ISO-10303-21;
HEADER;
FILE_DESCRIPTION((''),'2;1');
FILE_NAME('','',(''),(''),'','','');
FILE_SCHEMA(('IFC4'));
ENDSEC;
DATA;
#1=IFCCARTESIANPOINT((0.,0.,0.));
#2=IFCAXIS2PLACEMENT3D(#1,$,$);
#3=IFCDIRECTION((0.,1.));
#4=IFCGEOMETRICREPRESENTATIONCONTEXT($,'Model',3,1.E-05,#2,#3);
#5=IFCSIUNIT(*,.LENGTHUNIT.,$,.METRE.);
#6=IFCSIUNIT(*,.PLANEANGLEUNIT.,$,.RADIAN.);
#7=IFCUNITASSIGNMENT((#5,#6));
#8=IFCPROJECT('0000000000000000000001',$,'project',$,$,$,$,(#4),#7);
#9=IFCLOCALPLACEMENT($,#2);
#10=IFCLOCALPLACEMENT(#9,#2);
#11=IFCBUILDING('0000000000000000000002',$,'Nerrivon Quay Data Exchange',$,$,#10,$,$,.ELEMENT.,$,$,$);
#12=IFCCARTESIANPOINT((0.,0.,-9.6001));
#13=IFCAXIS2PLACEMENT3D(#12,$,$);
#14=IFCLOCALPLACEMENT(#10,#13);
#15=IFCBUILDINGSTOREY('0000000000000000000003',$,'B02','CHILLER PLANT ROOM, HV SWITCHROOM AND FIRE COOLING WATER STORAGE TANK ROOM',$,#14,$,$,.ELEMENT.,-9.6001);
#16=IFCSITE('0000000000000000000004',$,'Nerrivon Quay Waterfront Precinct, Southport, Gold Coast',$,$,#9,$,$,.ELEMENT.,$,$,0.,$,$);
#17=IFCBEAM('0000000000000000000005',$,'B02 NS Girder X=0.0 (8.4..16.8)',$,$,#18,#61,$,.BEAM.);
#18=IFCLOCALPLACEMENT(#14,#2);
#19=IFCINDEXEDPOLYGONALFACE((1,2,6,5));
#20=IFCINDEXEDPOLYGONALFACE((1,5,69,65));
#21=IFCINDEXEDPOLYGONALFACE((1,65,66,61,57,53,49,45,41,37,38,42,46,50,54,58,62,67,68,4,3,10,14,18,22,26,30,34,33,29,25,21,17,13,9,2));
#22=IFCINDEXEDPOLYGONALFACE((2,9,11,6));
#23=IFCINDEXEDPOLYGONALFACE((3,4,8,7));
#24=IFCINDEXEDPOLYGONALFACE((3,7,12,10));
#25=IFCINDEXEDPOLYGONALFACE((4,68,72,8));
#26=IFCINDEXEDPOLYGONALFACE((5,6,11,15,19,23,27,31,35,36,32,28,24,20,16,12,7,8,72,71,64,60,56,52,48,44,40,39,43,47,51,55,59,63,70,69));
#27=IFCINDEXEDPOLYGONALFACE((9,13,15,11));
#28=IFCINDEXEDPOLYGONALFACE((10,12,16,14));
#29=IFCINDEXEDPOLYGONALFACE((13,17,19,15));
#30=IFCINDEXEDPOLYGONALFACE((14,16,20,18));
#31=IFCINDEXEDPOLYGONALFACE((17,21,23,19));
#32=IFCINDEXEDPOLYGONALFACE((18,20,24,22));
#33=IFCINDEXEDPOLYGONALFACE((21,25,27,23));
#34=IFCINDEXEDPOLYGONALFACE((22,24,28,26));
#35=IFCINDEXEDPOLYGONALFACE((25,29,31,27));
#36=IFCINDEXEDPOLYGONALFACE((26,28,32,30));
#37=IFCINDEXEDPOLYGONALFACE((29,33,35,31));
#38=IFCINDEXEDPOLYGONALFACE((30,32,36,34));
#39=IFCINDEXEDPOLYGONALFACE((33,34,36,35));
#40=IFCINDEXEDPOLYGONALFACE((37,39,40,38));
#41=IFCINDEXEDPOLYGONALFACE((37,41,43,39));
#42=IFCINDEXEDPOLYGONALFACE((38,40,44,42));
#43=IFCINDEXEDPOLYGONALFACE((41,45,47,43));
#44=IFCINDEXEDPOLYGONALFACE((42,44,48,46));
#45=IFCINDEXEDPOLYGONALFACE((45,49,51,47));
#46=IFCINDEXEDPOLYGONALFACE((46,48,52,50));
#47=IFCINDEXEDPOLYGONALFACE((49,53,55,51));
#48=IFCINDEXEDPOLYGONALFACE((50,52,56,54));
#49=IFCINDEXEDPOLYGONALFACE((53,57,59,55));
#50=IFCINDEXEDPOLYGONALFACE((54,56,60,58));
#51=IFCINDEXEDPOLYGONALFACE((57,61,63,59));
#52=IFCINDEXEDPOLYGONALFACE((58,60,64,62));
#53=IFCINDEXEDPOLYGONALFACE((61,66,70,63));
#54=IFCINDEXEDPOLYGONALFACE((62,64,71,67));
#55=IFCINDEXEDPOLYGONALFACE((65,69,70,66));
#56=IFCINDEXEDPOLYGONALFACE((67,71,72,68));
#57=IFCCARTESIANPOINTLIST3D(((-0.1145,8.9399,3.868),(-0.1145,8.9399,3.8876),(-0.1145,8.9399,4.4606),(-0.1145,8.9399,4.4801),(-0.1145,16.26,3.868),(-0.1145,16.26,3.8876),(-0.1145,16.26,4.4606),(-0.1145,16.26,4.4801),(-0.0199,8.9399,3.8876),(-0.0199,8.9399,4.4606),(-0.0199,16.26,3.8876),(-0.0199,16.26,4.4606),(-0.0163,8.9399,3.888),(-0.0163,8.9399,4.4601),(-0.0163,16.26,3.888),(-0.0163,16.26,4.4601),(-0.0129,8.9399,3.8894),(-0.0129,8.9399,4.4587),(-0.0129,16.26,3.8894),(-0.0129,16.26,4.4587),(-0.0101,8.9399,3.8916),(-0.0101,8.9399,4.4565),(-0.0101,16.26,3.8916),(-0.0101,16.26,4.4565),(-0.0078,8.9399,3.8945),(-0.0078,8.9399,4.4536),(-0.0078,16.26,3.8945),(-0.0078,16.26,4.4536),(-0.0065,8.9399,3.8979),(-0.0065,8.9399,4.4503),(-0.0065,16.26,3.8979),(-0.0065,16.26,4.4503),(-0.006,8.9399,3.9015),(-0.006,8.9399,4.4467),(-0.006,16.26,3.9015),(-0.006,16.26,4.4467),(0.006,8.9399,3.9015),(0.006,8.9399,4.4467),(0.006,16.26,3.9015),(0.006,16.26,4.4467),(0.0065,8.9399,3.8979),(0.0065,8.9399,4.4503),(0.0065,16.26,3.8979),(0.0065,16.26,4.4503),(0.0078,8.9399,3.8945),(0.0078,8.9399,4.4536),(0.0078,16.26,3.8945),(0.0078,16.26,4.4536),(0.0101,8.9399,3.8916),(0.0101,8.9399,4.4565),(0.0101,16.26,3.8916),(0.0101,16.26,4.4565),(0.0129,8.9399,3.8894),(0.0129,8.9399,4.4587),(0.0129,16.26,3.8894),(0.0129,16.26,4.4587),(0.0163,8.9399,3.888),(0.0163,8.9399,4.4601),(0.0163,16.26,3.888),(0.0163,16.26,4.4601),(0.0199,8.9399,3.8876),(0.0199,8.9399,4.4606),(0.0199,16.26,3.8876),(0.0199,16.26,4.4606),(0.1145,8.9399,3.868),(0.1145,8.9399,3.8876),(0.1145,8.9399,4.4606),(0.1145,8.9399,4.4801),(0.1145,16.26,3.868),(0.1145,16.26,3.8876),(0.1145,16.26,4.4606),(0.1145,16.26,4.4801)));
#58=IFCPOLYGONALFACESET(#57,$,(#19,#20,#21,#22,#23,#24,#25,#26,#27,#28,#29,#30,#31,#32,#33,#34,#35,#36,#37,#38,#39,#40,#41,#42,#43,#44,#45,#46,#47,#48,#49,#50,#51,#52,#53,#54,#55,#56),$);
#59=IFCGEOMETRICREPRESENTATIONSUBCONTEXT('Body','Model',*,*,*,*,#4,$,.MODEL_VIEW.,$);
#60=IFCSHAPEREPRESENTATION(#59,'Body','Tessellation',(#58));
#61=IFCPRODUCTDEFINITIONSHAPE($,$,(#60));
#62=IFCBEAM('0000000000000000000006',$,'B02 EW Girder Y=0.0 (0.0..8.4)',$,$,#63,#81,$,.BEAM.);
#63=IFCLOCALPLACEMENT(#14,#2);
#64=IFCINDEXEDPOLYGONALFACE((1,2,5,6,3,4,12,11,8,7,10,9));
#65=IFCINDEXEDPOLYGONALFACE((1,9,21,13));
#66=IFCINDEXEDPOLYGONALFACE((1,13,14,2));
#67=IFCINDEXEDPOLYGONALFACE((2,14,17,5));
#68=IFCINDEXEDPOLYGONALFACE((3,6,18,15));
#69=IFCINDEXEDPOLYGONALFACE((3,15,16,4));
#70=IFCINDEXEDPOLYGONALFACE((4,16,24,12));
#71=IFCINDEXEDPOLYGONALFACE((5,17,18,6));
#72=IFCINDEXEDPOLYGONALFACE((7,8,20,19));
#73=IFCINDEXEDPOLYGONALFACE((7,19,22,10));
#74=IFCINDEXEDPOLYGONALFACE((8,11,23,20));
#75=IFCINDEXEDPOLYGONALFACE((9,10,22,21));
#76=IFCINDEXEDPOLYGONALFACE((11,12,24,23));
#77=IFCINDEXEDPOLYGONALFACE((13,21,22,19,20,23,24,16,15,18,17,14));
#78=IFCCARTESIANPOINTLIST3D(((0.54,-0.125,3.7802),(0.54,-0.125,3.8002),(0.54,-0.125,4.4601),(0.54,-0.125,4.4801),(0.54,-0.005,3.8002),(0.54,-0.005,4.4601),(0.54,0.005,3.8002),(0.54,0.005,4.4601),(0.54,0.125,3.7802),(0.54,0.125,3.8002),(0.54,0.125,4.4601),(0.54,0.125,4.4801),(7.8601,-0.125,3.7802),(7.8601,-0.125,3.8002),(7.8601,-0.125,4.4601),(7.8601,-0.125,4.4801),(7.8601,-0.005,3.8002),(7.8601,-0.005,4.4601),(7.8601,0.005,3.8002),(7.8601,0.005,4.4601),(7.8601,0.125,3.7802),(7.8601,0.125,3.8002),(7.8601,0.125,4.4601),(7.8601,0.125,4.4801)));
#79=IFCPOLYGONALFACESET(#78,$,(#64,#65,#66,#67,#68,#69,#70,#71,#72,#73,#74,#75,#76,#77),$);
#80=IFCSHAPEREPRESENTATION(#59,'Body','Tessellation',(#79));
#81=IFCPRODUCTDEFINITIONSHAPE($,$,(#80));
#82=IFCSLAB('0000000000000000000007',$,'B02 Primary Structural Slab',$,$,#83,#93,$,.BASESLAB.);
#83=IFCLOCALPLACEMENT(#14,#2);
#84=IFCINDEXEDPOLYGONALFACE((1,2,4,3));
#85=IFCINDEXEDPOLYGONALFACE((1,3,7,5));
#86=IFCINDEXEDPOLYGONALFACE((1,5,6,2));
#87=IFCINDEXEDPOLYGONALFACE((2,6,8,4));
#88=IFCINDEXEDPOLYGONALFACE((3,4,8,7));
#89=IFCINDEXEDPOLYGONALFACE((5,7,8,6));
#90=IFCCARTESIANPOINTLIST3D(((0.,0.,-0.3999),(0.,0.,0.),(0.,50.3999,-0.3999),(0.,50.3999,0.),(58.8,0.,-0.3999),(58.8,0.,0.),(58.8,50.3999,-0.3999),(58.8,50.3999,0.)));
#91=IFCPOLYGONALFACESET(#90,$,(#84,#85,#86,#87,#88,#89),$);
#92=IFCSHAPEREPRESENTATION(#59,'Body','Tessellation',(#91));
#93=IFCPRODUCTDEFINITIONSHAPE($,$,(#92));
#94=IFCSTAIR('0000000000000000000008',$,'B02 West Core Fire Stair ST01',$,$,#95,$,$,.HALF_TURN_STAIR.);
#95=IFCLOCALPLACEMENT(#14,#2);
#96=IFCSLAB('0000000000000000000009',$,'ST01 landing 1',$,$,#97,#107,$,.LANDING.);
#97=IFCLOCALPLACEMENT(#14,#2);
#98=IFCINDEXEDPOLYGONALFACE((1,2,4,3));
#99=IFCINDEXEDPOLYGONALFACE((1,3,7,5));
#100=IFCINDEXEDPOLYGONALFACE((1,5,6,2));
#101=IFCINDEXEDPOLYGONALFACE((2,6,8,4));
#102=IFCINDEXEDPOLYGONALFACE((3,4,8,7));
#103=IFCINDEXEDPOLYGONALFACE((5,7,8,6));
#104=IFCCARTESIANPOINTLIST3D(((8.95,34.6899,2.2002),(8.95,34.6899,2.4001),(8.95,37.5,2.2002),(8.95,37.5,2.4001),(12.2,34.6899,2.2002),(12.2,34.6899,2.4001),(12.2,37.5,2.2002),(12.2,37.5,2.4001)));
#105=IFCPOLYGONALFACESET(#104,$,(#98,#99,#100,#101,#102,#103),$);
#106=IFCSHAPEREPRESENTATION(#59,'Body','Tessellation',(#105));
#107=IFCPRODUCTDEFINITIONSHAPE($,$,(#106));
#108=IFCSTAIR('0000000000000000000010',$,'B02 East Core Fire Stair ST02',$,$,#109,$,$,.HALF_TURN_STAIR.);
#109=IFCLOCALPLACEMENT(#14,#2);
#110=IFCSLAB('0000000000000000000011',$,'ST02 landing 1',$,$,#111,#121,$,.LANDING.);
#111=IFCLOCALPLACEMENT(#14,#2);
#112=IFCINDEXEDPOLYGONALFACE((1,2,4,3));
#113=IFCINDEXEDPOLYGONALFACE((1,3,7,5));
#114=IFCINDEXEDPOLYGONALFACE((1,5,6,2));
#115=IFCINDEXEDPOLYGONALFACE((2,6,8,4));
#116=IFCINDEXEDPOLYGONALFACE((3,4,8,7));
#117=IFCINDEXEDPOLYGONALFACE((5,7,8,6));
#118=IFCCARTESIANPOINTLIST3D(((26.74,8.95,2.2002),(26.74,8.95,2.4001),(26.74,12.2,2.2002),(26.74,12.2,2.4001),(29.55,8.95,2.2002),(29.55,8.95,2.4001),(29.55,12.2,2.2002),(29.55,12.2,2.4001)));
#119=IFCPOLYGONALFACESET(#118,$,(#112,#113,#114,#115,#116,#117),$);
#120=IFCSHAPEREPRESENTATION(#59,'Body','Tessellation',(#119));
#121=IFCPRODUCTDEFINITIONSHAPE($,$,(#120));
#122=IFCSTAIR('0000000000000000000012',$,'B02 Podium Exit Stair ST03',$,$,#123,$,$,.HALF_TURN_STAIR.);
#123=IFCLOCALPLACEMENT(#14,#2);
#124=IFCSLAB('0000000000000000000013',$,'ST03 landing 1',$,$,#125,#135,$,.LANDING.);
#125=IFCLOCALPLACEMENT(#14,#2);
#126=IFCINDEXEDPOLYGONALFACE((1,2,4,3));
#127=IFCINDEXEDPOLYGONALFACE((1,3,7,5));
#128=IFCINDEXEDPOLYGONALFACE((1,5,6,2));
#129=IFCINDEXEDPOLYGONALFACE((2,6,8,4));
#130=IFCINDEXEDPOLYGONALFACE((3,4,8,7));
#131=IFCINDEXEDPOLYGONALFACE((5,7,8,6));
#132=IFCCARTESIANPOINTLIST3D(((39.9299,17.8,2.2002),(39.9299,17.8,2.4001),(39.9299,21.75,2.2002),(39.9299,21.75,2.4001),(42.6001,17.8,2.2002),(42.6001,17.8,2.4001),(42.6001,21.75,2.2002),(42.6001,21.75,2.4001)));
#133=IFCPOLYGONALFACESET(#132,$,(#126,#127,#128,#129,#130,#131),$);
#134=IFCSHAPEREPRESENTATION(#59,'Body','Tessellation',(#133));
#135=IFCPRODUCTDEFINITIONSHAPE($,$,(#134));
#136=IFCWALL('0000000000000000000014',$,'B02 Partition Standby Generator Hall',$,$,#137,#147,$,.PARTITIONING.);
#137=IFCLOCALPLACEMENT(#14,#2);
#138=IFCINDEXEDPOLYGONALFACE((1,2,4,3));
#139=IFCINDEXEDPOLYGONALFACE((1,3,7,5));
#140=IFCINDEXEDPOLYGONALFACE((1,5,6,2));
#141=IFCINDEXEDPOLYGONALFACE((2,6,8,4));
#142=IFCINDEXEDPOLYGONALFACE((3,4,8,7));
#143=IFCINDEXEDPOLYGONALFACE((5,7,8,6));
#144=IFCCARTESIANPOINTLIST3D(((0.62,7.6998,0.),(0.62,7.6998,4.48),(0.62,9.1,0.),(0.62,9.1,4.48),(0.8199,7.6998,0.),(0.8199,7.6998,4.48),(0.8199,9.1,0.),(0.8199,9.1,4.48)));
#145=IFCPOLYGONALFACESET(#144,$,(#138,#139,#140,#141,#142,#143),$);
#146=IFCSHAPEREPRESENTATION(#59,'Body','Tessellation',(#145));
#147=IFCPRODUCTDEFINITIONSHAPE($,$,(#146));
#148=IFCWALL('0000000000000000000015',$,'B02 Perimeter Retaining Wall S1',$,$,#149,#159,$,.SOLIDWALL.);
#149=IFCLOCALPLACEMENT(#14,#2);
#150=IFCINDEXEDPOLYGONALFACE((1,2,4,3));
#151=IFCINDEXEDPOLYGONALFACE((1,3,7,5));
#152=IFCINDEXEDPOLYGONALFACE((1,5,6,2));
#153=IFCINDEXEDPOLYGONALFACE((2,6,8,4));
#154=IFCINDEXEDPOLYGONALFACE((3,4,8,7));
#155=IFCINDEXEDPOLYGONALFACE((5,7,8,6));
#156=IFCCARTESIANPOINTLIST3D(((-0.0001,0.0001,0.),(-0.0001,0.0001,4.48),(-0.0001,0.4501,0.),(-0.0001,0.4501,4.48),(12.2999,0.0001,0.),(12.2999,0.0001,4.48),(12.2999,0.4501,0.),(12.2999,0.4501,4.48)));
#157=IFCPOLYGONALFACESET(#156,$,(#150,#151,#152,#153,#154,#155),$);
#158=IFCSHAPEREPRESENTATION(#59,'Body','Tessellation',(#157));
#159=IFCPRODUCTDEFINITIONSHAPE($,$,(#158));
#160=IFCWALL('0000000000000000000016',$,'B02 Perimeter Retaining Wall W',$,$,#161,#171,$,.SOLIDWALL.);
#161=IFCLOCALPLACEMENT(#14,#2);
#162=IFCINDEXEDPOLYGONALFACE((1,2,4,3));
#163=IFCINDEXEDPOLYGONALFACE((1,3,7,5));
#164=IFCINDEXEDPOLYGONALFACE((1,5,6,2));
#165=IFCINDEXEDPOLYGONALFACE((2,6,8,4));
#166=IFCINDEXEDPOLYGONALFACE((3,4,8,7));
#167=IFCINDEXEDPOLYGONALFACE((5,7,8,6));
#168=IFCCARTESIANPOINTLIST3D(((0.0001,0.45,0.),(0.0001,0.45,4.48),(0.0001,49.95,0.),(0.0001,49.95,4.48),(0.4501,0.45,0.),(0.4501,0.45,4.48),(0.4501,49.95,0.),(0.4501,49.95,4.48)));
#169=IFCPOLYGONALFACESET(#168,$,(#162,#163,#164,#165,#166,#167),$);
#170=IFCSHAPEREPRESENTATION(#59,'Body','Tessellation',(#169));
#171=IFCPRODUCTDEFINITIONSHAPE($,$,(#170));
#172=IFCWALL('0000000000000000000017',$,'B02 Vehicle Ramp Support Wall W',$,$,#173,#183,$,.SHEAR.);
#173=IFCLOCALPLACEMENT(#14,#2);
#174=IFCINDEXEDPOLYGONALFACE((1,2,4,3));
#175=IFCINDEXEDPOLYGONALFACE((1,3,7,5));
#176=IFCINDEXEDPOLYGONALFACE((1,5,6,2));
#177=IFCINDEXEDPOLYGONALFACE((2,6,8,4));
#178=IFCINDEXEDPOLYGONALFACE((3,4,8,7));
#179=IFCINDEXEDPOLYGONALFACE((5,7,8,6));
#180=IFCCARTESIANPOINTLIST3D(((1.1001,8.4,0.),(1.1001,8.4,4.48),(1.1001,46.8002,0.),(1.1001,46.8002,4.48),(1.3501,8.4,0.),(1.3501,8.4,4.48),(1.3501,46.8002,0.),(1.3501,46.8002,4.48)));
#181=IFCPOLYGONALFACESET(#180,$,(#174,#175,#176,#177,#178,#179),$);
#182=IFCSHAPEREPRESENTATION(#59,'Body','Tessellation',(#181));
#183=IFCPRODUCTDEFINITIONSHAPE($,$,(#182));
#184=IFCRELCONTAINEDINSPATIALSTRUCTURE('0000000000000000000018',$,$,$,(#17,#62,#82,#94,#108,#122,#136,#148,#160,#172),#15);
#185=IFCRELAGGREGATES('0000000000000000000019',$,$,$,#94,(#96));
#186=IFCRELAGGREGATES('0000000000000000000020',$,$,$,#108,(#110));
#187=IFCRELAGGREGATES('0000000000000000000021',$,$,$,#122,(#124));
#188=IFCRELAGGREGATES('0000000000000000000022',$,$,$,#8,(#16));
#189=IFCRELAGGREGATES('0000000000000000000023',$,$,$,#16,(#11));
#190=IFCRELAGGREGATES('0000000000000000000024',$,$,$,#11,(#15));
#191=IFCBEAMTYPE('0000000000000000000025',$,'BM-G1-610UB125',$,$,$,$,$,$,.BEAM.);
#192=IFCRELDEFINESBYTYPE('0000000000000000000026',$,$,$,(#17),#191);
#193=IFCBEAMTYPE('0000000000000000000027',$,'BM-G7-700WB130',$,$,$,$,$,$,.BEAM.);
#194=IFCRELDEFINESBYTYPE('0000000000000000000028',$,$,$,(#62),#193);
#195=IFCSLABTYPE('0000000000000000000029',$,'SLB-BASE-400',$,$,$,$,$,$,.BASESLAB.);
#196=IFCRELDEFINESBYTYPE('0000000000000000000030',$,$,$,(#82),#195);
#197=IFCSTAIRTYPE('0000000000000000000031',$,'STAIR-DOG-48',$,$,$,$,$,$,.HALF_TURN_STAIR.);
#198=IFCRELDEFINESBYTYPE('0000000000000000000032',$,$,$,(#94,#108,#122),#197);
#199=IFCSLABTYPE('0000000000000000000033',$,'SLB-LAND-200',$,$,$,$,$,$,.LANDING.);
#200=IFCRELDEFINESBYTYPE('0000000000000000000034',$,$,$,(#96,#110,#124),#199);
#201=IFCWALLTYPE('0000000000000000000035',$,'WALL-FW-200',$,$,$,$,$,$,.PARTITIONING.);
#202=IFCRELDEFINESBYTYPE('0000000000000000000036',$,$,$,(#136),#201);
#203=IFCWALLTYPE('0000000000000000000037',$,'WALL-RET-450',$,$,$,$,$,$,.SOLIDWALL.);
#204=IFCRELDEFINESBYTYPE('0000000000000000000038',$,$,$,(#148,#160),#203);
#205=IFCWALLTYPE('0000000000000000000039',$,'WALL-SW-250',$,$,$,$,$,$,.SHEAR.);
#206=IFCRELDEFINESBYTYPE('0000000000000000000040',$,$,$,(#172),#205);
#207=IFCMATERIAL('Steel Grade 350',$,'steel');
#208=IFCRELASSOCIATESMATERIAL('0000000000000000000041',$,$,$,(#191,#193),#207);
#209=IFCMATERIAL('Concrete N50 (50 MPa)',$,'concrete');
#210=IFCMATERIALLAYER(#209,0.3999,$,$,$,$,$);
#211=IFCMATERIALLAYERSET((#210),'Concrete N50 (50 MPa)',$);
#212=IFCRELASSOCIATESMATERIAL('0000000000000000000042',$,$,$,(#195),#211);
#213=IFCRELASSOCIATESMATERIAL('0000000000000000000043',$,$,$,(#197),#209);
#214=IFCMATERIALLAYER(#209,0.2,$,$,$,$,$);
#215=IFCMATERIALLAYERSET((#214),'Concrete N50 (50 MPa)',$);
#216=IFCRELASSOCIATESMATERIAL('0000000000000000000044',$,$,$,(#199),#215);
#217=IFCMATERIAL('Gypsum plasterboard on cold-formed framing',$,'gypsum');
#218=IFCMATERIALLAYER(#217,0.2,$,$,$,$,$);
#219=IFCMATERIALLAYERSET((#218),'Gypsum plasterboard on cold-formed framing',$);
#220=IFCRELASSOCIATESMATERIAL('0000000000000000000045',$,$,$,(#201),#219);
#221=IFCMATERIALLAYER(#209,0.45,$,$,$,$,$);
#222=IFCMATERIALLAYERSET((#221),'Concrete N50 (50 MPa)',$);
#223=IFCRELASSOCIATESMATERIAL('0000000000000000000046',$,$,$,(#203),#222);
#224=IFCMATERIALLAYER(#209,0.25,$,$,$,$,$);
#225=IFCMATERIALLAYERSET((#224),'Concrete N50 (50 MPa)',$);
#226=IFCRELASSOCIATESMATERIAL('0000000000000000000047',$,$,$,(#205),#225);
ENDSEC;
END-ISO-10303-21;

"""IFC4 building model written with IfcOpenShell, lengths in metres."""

from ifc_helpers import new_model, si_unit, direction, frame, frame_2d, origin, origin_2d, place, context, subcontext, project, spatial, polyline, rectangle, i_section, outline, extrude, material, layer, layer_set, material_profile, profile_set, type_object, element, aggregate, save


model = new_model("IFC4")

# Units and contexts
model_context = context("Model", 3, precision=1e-05, world=origin(), true_north=direction((0.0, 1.0)))
body_context = subcontext(model_context, "Body", "Model", "MODEL_VIEW")
ifc_project = project(units=[si_unit("LENGTHUNIT", "METRE"), si_unit("PLANEANGLEUNIT", "RADIAN")], contexts=[model_context])

# Site, building, storey
site_placement = place(None, origin())
site = spatial("IfcSite", under=ifc_project, at=site_placement, Name="Nerrivon Quay Waterfront Precinct, Southport, Gold Coast", CompositionType="ELEMENT", RefElevation=0.0)
building_placement = place(site_placement, origin())
building = spatial("IfcBuilding", under=site, at=building_placement, Name="Nerrivon Quay Data Exchange", CompositionType="ELEMENT")
storey_placement = place(building_placement, frame((0.0, 0.0, -9.6001)))
storey = spatial("IfcBuildingStorey", under=building, at=storey_placement, Name="B02", Description="CHILLER PLANT ROOM, HV SWITCHROOM AND FIRE COOLING WATER STORAGE TANK ROOM", CompositionType="ELEMENT", Elevation=-9.6001)

# Shared definitions
ifc_material_1 = material(Name="Concrete N50 (50 MPa)", Category="concrete")

# Beams
ifc_material_2 = material(Name="Steel Grade 350", Category="steel")
ifc_material_profile_1 = material_profile(ifc_material_2, i_section(OverallWidth=0.229, OverallDepth=0.6121, WebThickness=0.012, FlangeThickness=0.0195, FilletRadius=0.0139, at=origin_2d()), Name="610UB125")
ifc_profile_set_1 = profile_set([ifc_material_profile_1], Name="Steel Grade 350")
beam_type_1 = type_object("IfcBeamType", Name="BM-G1-610UB125", PredefinedType="BEAM", material=ifc_profile_set_1)
for number, where, z_axis, x_axis, name in (
    (1, (0.0, 8.9399, 4.1741), (0.0, 1.0, 0.0), (-1.0, 0.0, 0.0), "B02 NS Girder X=0.0 (8.4..16.8)"),
):
    element("IfcBeam", number, at=place(storey_placement, frame(where, z_axis=z_axis, x_axis=x_axis)), inside=storey, type_object=beam_type_1, Name=name, PredefinedType="BEAM", context=body_context, shape_type="SweptSolid", body=[
        extrude(i_section(OverallWidth=0.229, OverallDepth=0.6121, WebThickness=0.012, FlangeThickness=0.0195, FilletRadius=0.0139, at=origin_2d()), origin(), (0.0, 0.0, 1.0), 7.3201),
    ])
ifc_material_profile_2 = material_profile(ifc_material_2, i_section(OverallWidth=0.25, OverallDepth=0.7, WebThickness=0.01, FlangeThickness=0.02, at=origin_2d()), Name="700WB130")
ifc_profile_set_2 = profile_set([ifc_material_profile_2], Name="Steel Grade 350")
beam_type_2 = type_object("IfcBeamType", Name="BM-G7-700WB130", PredefinedType="BEAM", material=ifc_profile_set_2)
beam_placement = place(storey_placement, frame((0.54, 0.0, 4.1301), z_axis=(1.0, 0.0, 0.0), x_axis=(0.0, 1.0, 0.0)))
element("IfcBeam", 2, at=beam_placement, inside=storey, type_object=beam_type_2, Name="B02 EW Girder Y=0.0 (0.0..8.4)", PredefinedType="BEAM", context=body_context, shape_type="SweptSolid", body=[
    extrude(i_section(OverallWidth=0.25, OverallDepth=0.7, WebThickness=0.01, FlangeThickness=0.02, at=origin_2d()), origin(), (0.0, 0.0, 1.0), 7.3201),
])

# Slab
ifc_layer_1 = layer(ifc_material_1, 0.3999)
ifc_layer_set_1 = layer_set([ifc_layer_1], Name="Concrete N50 (50 MPa)")
slab_type_1 = type_object("IfcSlabType", Name="SLB-BASE-400", PredefinedType="BASESLAB", material=ifc_layer_set_1)
slab_1_placement = place(storey_placement, frame((0.0, 0.0, -0.3999)))
element("IfcSlab", 3, at=slab_1_placement, inside=storey, type_object=slab_type_1, Name="B02 Primary Structural Slab", PredefinedType="BASESLAB", context=body_context, shape_type="SweptSolid", body=[
    extrude(outline(polyline([(58.8, 0.0), (58.8, 50.3999), (0.0, 50.3999), (0.0, 0.0), (58.8, 0.0)])), origin(), (0.0, 0.0, 1.0), 0.3999),
])

# Stairs, slabs
stair_type = type_object("IfcStairType", Name="STAIR-DOG-48", PredefinedType="HALF_TURN_STAIR", material=ifc_material_1)
stair_1_placement = place(storey_placement, origin())
stair_1 = element("IfcStair", 4, at=stair_1_placement, inside=storey, type_object=stair_type, Name="B02 West Core Fire Stair ST01", PredefinedType="HALF_TURN_STAIR")
ifc_layer_2 = layer(ifc_material_1, 0.2)
ifc_layer_set_2 = layer_set([ifc_layer_2], Name="Concrete N50 (50 MPa)")
slab_type_2 = type_object("IfcSlabType", Name="SLB-LAND-200", PredefinedType="LANDING", material=ifc_layer_set_2)
slab_2_placement = place(storey_placement, frame((0.0, 0.0, 2.2002)))
slab_2 = element("IfcSlab", 5, at=slab_2_placement, type_object=slab_type_2, Name="ST01 landing 1", PredefinedType="LANDING", context=body_context, shape_type="SweptSolid", body=[
    extrude(outline(polyline([(12.2, 34.6899), (12.2, 37.5), (8.95, 37.5), (8.95, 34.6899), (12.2, 34.6899)])), origin(), (0.0, 0.0, 1.0), 0.2),
])
aggregate(stair_1, [slab_2])
stair_2_placement = place(storey_placement, origin())
stair_2 = element("IfcStair", 6, at=stair_2_placement, inside=storey, type_object=stair_type, Name="B02 East Core Fire Stair ST02", PredefinedType="HALF_TURN_STAIR")
slab_3_placement = place(storey_placement, frame((0.0, 0.0, 2.2002)))
slab_3 = element("IfcSlab", 7, at=slab_3_placement, type_object=slab_type_2, Name="ST02 landing 1", PredefinedType="LANDING", context=body_context, shape_type="SweptSolid", body=[
    extrude(outline(polyline([(26.74, 8.95), (29.55, 8.95), (29.55, 12.2), (26.74, 12.2), (26.74, 8.95)])), origin(), (0.0, 0.0, 1.0), 0.2),
])
aggregate(stair_2, [slab_3])
stair_3_placement = place(storey_placement, origin())
stair_3 = element("IfcStair", 8, at=stair_3_placement, inside=storey, type_object=stair_type, Name="B02 Podium Exit Stair ST03", PredefinedType="HALF_TURN_STAIR")
slab_4_placement = place(storey_placement, frame((0.0, 0.0, 2.2002)))
slab_4 = element("IfcSlab", 9, at=slab_4_placement, type_object=slab_type_2, Name="ST03 landing 1", PredefinedType="LANDING", context=body_context, shape_type="SweptSolid", body=[
    extrude(outline(polyline([(39.9299, 17.8), (42.6001, 17.8), (42.6001, 21.75), (39.9299, 21.75), (39.9299, 17.8)])), origin(), (0.0, 0.0, 1.0), 0.2),
])
aggregate(stair_3, [slab_4])

# Walls
ifc_material_3 = material(Name="Gypsum plasterboard on cold-formed framing", Category="gypsum")
ifc_layer_3 = layer(ifc_material_3, 0.2)
ifc_layer_set_3 = layer_set([ifc_layer_3], Name="Gypsum plasterboard on cold-formed framing")
wall_type_1 = type_object("IfcWallType", Name="WALL-FW-200", PredefinedType="PARTITIONING", material=ifc_layer_set_3)
wall_1_placement = place(storey_placement, frame((0.72, 9.1001, 0.0), z_axis=(0.0, 0.0, 1.0), x_axis=(0.0, -1.0, 0.0)))
element("IfcWall", 10, at=wall_1_placement, inside=storey, type_object=wall_type_1, Name="B02 Partition Standby Generator Hall", PredefinedType="PARTITIONING", context=body_context, shape_type="SweptSolid", body=[
    extrude(rectangle(XDim=1.4001, YDim=0.2, at=frame_2d((0.7002, 0.0))), origin(), (0.0, 0.0, 1.0), 4.48),
])
ifc_layer_4 = layer(ifc_material_1, 0.45)
ifc_layer_set_4 = layer_set([ifc_layer_4], Name="Concrete N50 (50 MPa)")
wall_type_2 = type_object("IfcWallType", Name="WALL-RET-450", PredefinedType="SOLIDWALL", material=ifc_layer_set_4)
wall_2_placement = place(storey_placement, frame((0.0, 0.2251, 0.0), z_axis=(0.0, 0.0, 1.0), x_axis=(1.0, 0.0, 0.0)))
element("IfcWall", 11, at=wall_2_placement, inside=storey, type_object=wall_type_2, Name="B02 Perimeter Retaining Wall S1", PredefinedType="SOLIDWALL", context=body_context, shape_type="SweptSolid", body=[
    extrude(rectangle(XDim=12.3, YDim=0.45, at=frame_2d((6.1499, 0.0))), origin(), (0.0, 0.0, 1.0), 4.48),
])
wall_3_placement = place(storey_placement, frame((0.2251, 0.45, 0.0), z_axis=(0.0, 0.0, 1.0), x_axis=(0.0, 1.0, 0.0)))
element("IfcWall", 12, at=wall_3_placement, inside=storey, type_object=wall_type_2, Name="B02 Perimeter Retaining Wall W", PredefinedType="SOLIDWALL", context=body_context, shape_type="SweptSolid", body=[
    extrude(rectangle(XDim=49.5, YDim=0.45, at=frame_2d((24.75, 0.0))), origin(), (0.0, 0.0, 1.0), 4.48),
])
ifc_layer_5 = layer(ifc_material_1, 0.25)
ifc_layer_set_5 = layer_set([ifc_layer_5], Name="Concrete N50 (50 MPa)")
wall_type_3 = type_object("IfcWallType", Name="WALL-SW-250", PredefinedType="SHEAR", material=ifc_layer_set_5)
wall_4_placement = place(storey_placement, frame((1.2251, 8.3999, 0.0), z_axis=(0.0, 0.0, 1.0), x_axis=(0.0, 1.0, 0.0)))
element("IfcWall", 13, at=wall_4_placement, inside=storey, type_object=wall_type_3, Name="B02 Vehicle Ramp Support Wall W", PredefinedType="SHEAR", context=body_context, shape_type="SweptSolid", body=[
    extrude(rectangle(XDim=38.4001, YDim=0.25, at=frame_2d((19.2002, 0.0))), origin(), (0.0, 0.0, 1.0), 4.48),
])

save(model, "model.ifc")
